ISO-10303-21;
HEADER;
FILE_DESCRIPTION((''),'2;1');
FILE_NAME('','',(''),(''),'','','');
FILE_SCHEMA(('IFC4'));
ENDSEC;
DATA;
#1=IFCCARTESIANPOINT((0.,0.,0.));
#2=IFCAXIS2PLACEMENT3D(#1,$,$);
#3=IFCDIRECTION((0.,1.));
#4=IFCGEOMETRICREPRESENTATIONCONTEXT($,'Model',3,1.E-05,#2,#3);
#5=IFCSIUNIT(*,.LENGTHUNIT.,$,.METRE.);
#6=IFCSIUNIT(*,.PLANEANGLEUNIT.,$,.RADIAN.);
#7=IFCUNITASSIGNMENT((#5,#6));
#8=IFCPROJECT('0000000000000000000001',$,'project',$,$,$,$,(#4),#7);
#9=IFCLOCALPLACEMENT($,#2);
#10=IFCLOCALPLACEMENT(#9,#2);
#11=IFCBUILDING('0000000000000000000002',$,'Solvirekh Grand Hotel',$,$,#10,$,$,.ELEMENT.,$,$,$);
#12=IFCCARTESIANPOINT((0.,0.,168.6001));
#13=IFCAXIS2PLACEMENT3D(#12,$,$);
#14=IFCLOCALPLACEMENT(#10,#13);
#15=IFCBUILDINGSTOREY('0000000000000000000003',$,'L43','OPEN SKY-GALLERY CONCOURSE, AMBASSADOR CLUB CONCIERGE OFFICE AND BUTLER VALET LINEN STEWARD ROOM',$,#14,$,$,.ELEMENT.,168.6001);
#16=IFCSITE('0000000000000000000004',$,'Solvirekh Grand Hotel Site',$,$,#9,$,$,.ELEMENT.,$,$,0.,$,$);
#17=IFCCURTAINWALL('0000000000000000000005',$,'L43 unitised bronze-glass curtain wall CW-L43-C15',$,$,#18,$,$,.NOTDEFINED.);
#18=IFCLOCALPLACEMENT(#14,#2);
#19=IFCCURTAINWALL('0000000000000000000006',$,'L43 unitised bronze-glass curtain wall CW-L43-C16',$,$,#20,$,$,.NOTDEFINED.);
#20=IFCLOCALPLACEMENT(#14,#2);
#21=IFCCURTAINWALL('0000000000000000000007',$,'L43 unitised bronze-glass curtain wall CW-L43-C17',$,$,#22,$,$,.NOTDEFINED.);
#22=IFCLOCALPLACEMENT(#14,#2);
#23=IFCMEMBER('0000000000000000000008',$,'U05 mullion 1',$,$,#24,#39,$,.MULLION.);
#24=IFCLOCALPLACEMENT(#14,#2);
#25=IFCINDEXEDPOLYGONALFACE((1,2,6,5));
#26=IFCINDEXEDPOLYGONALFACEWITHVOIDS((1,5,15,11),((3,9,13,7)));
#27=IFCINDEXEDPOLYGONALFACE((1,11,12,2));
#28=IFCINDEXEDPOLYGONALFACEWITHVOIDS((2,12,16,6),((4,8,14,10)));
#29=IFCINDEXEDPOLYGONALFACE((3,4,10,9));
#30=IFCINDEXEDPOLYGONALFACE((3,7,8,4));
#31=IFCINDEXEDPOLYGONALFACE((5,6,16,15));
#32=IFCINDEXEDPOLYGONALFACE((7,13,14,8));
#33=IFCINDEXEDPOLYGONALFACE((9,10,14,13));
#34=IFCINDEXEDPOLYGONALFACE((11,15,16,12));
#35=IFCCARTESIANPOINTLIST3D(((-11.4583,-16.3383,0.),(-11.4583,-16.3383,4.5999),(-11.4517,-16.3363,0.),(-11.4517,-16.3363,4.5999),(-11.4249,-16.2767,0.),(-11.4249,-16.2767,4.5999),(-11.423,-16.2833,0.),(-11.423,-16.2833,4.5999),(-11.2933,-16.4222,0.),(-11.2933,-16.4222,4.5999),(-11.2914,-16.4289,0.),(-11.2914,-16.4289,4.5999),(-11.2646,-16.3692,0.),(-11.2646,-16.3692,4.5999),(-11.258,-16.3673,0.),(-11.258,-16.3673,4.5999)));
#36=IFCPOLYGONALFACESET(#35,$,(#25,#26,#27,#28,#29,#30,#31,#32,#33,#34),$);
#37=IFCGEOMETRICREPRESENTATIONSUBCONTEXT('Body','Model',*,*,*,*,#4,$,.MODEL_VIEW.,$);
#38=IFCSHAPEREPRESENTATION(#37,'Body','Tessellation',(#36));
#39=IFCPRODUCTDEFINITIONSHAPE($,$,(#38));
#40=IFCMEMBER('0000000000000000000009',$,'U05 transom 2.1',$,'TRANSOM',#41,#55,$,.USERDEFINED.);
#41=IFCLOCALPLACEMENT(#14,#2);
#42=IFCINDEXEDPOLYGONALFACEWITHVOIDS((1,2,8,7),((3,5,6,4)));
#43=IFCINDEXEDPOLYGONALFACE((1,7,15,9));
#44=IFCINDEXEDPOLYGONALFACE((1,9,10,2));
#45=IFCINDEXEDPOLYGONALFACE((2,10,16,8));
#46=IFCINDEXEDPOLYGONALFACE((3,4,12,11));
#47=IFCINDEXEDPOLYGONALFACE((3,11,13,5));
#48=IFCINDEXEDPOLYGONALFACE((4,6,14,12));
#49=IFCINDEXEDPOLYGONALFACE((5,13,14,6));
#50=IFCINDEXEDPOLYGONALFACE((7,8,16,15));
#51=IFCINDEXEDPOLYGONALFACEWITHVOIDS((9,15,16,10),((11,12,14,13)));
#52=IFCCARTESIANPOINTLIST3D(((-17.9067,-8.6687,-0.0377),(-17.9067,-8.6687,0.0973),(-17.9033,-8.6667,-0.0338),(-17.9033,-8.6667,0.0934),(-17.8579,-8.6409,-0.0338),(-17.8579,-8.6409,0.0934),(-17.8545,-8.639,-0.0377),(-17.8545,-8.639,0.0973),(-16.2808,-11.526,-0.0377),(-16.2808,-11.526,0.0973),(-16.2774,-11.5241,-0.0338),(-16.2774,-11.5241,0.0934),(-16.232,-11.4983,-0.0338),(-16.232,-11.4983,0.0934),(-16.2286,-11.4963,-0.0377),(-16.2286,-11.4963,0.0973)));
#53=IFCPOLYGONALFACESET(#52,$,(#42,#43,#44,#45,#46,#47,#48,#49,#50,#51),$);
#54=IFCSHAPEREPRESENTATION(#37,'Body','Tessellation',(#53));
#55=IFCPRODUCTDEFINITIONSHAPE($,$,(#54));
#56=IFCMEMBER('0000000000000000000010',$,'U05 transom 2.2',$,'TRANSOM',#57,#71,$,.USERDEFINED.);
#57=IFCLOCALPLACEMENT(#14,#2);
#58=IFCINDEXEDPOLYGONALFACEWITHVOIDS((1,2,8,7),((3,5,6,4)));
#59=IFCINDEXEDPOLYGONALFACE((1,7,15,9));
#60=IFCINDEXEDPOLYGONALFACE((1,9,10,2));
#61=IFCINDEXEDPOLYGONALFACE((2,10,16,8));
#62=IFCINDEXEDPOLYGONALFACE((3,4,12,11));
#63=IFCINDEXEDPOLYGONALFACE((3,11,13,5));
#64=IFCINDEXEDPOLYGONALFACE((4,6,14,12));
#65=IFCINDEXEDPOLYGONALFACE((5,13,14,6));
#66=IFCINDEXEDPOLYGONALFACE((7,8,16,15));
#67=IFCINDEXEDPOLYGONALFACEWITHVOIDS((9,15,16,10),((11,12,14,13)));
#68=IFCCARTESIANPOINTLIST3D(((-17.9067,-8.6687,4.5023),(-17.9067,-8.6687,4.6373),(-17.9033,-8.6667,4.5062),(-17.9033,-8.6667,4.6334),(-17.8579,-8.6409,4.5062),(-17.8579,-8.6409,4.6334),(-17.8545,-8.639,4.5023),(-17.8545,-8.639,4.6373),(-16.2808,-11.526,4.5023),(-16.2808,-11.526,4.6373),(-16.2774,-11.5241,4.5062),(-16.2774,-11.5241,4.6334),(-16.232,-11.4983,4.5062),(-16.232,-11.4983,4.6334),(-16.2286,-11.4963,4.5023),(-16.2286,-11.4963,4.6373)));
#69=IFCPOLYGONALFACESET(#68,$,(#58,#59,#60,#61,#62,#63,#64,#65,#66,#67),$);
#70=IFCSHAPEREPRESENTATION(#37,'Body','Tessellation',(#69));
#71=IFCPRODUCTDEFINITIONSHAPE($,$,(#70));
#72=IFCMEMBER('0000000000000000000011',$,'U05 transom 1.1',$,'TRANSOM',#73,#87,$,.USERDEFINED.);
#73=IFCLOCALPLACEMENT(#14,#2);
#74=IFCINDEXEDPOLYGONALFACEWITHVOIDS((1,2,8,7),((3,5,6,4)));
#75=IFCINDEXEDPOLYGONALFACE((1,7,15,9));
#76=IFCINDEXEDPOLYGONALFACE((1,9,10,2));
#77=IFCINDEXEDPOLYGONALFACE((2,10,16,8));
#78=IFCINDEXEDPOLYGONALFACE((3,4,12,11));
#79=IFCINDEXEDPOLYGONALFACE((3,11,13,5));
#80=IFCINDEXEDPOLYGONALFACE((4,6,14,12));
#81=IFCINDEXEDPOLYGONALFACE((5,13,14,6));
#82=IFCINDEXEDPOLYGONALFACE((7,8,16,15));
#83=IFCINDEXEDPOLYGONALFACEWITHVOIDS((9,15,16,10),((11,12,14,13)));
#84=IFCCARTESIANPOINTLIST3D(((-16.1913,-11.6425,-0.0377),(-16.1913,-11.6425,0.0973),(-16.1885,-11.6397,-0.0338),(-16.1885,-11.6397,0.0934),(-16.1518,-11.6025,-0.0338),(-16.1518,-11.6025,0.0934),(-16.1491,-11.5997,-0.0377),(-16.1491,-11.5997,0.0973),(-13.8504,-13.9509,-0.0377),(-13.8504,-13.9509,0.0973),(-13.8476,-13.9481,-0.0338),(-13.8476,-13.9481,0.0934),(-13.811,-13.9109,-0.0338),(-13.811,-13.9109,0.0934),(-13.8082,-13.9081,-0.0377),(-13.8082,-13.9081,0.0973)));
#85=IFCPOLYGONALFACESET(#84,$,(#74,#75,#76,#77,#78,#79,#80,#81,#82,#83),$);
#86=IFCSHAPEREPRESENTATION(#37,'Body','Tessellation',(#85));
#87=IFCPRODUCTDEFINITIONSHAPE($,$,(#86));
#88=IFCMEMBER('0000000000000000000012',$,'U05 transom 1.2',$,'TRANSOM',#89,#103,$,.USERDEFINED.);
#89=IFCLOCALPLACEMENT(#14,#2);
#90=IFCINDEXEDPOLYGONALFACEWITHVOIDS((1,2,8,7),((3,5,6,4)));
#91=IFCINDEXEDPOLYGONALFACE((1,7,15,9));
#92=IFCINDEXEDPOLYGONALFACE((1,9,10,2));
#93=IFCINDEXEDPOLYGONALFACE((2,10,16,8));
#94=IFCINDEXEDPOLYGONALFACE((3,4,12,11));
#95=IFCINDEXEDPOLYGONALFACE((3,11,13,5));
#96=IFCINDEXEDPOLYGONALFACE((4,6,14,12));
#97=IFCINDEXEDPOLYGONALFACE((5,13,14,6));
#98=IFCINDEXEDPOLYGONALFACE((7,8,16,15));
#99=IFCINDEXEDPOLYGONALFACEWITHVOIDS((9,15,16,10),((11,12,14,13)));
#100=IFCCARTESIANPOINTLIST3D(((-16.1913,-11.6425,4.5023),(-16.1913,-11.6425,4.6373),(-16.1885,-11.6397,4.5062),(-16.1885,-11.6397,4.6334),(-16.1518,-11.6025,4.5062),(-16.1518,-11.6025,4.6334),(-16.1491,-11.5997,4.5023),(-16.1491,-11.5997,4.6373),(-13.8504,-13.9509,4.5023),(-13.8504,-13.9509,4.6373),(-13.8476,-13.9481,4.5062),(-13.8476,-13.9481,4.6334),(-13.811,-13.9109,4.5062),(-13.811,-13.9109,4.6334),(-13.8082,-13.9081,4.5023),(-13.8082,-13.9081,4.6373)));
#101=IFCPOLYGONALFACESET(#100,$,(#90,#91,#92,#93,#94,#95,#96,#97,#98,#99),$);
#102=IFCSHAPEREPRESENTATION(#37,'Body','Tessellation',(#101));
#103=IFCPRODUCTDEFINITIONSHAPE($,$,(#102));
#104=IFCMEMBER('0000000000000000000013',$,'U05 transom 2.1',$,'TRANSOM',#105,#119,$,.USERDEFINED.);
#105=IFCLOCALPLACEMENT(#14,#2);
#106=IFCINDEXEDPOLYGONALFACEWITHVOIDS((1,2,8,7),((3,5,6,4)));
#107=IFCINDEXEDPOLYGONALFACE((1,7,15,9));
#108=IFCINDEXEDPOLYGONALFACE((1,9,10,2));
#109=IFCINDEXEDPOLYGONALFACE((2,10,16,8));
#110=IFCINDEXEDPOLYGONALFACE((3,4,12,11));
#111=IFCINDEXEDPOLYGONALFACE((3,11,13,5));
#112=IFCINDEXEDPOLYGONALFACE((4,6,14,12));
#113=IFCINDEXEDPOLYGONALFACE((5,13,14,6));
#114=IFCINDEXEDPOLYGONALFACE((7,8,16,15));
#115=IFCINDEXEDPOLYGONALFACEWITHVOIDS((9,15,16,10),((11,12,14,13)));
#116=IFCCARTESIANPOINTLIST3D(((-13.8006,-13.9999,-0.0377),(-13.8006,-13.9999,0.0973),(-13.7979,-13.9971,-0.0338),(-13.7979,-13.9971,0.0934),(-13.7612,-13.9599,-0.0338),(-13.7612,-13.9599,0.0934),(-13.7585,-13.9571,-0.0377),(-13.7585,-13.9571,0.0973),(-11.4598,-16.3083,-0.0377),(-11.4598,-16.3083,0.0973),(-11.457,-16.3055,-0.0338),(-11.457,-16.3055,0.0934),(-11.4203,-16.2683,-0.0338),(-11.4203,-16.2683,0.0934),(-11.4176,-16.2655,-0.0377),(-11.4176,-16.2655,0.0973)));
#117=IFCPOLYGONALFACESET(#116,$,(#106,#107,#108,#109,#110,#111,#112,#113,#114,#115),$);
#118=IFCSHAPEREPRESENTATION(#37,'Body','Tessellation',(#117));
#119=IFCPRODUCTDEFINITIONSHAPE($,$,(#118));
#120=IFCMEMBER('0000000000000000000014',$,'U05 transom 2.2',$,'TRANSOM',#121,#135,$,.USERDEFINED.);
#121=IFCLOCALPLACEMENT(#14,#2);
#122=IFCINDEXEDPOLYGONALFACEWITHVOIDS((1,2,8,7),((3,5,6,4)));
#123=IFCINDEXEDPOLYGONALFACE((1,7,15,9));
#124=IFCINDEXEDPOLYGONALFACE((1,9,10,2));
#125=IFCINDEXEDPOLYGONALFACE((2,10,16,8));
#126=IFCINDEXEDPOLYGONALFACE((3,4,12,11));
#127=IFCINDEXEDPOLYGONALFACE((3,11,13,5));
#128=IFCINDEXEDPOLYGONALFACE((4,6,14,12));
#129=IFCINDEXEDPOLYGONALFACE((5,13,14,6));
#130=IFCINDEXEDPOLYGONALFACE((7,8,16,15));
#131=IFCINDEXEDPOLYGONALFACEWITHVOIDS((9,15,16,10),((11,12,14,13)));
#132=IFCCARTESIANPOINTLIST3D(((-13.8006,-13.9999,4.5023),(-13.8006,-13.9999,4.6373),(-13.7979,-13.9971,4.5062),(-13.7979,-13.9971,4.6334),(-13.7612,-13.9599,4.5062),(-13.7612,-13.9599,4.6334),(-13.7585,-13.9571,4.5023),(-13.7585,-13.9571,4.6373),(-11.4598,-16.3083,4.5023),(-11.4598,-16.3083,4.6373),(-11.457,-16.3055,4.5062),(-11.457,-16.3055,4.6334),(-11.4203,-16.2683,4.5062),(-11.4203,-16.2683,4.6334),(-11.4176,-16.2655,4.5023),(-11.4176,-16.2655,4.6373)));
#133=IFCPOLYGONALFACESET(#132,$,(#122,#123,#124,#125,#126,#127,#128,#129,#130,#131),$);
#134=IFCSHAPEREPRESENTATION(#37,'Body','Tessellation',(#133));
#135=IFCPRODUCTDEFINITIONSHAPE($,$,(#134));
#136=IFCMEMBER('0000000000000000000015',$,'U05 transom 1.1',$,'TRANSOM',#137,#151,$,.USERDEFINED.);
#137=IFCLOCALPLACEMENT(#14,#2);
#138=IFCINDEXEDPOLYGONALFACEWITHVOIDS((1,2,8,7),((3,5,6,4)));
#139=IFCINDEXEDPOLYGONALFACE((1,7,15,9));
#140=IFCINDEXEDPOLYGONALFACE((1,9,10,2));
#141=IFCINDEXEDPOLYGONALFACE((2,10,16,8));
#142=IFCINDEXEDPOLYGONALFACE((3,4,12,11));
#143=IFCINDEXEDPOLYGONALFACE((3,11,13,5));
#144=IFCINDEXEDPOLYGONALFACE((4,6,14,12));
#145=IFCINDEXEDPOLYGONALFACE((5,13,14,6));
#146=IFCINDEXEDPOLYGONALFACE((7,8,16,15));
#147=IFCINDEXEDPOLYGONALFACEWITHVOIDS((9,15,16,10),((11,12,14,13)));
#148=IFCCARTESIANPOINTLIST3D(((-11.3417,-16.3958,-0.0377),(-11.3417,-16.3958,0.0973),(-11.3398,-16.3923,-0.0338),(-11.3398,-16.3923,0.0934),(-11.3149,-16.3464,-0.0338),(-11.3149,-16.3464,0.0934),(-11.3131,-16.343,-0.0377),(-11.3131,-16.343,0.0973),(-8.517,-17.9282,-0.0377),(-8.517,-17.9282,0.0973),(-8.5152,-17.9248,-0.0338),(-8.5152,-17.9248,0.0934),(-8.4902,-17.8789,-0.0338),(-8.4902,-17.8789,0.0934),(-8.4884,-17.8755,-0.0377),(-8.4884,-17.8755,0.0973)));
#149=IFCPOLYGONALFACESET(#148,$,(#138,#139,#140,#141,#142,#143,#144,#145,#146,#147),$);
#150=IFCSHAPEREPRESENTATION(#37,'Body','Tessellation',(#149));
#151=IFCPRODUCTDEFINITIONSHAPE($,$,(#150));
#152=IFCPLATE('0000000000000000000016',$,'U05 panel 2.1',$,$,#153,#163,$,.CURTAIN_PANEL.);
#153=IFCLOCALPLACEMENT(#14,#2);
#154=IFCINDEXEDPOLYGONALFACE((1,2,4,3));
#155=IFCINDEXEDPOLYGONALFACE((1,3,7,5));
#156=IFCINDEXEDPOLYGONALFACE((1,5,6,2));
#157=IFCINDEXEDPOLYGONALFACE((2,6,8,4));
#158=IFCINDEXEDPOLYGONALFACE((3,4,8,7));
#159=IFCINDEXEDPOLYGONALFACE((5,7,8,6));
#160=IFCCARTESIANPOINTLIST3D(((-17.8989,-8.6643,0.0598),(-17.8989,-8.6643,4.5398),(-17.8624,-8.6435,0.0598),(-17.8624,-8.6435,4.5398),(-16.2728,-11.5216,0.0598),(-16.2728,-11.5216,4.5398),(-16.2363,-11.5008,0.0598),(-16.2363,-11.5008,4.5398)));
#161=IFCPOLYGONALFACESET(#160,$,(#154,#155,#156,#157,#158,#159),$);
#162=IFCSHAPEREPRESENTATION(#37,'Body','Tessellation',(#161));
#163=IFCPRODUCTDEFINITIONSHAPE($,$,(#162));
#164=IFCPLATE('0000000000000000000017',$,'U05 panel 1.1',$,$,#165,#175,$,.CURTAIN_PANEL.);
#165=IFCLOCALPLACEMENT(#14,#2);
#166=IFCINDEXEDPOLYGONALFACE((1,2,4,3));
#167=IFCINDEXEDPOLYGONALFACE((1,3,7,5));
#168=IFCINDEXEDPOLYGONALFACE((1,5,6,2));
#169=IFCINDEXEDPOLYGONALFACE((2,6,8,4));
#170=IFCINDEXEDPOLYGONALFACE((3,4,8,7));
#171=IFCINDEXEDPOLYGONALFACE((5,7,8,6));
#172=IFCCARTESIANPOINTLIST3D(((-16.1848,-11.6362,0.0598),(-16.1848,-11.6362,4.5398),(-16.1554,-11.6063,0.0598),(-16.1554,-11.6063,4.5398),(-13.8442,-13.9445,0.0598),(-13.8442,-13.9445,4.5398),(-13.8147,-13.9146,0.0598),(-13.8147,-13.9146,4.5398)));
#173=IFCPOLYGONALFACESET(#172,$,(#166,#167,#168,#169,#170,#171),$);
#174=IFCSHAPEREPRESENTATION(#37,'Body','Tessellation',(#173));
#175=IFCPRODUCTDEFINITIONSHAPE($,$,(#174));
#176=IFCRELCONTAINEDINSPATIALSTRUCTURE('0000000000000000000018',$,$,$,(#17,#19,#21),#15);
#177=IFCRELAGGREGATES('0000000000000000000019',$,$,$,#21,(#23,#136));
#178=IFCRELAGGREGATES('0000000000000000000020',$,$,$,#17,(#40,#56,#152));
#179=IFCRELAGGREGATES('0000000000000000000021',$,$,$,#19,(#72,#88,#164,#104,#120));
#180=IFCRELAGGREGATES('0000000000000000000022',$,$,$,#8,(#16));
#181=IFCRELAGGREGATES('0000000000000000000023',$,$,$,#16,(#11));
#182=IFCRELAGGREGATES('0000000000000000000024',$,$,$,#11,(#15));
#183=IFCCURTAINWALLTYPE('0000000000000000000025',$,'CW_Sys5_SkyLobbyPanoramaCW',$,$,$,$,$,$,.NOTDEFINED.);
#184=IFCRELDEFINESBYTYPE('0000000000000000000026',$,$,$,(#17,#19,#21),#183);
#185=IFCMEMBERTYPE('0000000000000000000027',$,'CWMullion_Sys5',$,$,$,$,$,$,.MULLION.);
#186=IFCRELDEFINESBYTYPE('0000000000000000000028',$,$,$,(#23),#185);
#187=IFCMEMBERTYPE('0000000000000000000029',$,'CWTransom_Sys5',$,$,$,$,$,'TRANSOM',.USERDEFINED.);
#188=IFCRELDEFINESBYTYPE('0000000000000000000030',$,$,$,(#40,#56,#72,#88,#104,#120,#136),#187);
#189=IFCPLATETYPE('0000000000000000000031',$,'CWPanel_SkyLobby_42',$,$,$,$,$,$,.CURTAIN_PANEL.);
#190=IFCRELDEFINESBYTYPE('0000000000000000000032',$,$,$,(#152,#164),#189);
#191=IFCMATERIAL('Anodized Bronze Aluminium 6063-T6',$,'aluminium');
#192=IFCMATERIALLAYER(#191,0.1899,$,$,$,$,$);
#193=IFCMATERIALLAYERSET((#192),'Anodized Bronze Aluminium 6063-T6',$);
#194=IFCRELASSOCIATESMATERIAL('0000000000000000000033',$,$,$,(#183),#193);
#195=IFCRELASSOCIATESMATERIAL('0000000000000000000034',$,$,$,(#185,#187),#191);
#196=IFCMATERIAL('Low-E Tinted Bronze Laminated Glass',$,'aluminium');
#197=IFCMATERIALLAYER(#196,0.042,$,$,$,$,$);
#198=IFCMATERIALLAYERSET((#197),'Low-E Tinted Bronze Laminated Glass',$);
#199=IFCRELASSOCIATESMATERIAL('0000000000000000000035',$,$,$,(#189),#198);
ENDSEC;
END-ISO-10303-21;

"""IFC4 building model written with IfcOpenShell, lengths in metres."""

from ifc_helpers import new_model, si_unit, direction, frame, origin, origin_2d, place, context, subcontext, project, spatial, rectangle, hollow_rectangle, extrude, source, transform, mapped, material, layer, layer_set, material_profile, profile_set, type_object, element, aggregate, save


model = new_model("IFC4")

# Units and contexts
model_context = context("Model", 3, precision=1e-05, world=origin(), true_north=direction((0.0, 1.0)))
body_context = subcontext(model_context, "Body", "Model", "MODEL_VIEW")
ifc_project = project(units=[si_unit("LENGTHUNIT", "METRE"), si_unit("PLANEANGLEUNIT", "RADIAN")], contexts=[model_context])

# Site, building, storey
site_placement = place(None, origin())
site = spatial("IfcSite", under=ifc_project, at=site_placement, Name="Solvirekh Grand Hotel Site", CompositionType="ELEMENT", RefElevation=0.0)
building_placement = place(site_placement, origin())
building = spatial("IfcBuilding", under=site, at=building_placement, Name="Solvirekh Grand Hotel", CompositionType="ELEMENT")
storey_placement = place(building_placement, frame((0.0, 0.0, 168.6001)))
storey = spatial("IfcBuildingStorey", under=building, at=storey_placement, Name="L43", Description="OPEN SKY-GALLERY CONCOURSE, AMBASSADOR CLUB CONCIERGE OFFICE AND BUTLER VALET LINEN STEWARD ROOM", CompositionType="ELEMENT", Elevation=168.6001)

# Curtain walls
ifc_material_1 = material(Name="Anodized Bronze Aluminium 6063-T6", Category="aluminium")
ifc_layer_1 = layer(ifc_material_1, 0.1899)
ifc_layer_set_1 = layer_set([ifc_layer_1], Name="Anodized Bronze Aluminium 6063-T6")
curtain_wall_type = type_object("IfcCurtainWallType", Name="CW_Sys5_SkyLobbyPanoramaCW", PredefinedType="NOTDEFINED", material=ifc_layer_set_1)
curtain_wall_1_placement = place(storey_placement, origin())
curtain_wall_1 = element("IfcCurtainWall", 1, at=curtain_wall_1_placement, inside=storey, type_object=curtain_wall_type, Name="L43 unitised bronze-glass curtain wall CW-L43-C15", PredefinedType="NOTDEFINED")
ifc_material_profile_1 = material_profile(ifc_material_1, hollow_rectangle(XDim=0.0701, YDim=0.1899, WallThickness=0.0049, at=origin_2d()), Name="ALU RHS 190X70X5")
ifc_profile_set_1 = profile_set([ifc_material_profile_1], Name="Anodized Bronze Aluminium 6063-T6")
member_type_1 = type_object("IfcMemberType", Name="CWMullion_Sys5", PredefinedType="MULLION", material=ifc_profile_set_1)
shared_shape_1 = source(origin(), body_context, "Body", "SweptSolid", [
    extrude(hollow_rectangle(XDim=0.0701, YDim=0.1899, WallThickness=0.0049, at=origin_2d()), origin(), (0.0, 0.0, 1.0), 4.5999),
])
curtain_wall_2_placement = place(storey_placement, origin())
curtain_wall_2 = element("IfcCurtainWall", 2, at=curtain_wall_2_placement, inside=storey, type_object=curtain_wall_type, Name="L43 unitised bronze-glass curtain wall CW-L43-C16", PredefinedType="NOTDEFINED")

# Curtain wall, member
curtain_wall_3_placement = place(storey_placement, origin())
curtain_wall_3 = element("IfcCurtainWall", 3, at=curtain_wall_3_placement, inside=storey, type_object=curtain_wall_type, Name="L43 unitised bronze-glass curtain wall CW-L43-C17", PredefinedType="NOTDEFINED")
member_1_placement = place(storey_placement, frame((-11.3582, -16.3528, 0.0), z_axis=(0.0, 0.0, 1.0), x_axis=(0.476856, 0.878982, 0.0)))
member_1 = element("IfcMember", 4, at=member_1_placement, type_object=member_type_1, Name="U05 mullion 1", PredefinedType="MULLION", context=body_context, shape_type="MappedRepresentation", body=[
    mapped(shared_shape_1, transform((0.0, 0.0, 0.0), x_axis=(1.0, 0.0, 0.0), y_axis=(0.0, 1.0, 0.0), z_axis=(0.0, 0.0, 1.0), scale=1.0)),
])

# Members
ifc_material_profile_2 = material_profile(ifc_material_1, hollow_rectangle(XDim=0.0601, YDim=0.135, WallThickness=0.0039, at=origin_2d()), Name="ALU RHS 135X60X4")
ifc_profile_set_2 = profile_set([ifc_material_profile_2], Name="Anodized Bronze Aluminium 6063-T6")
member_type_2 = type_object("IfcMemberType", Name="CWTransom_Sys5", ElementType="TRANSOM", PredefinedType="USERDEFINED", material=ifc_profile_set_2)
shared_shape_2 = source(origin(), body_context, "Body", "SweptSolid", [
    extrude(hollow_rectangle(XDim=0.0601, YDim=0.135, WallThickness=0.0039, at=origin_2d()), origin(), (0.0, 0.0, 1.0), 3.2876),
])
member_2_placement = place(storey_placement, frame((-17.8806, -8.6538, 0.0298), z_axis=(0.494571, -0.869137, 0.0), x_axis=(0.869137, 0.494571, 0.0)))
member_2 = element("IfcMember", 5, at=member_2_placement, type_object=member_type_2, Name="U05 transom 2.1", ObjectType="TRANSOM", PredefinedType="USERDEFINED", context=body_context, shape_type="MappedRepresentation", body=[
    mapped(shared_shape_2, transform((0.0, 0.0, 0.0), x_axis=(1.0, 0.0, 0.0), y_axis=(0.0, 1.0, 0.0), z_axis=(0.0, 0.0, 1.0), scale=1.0)),
])
member_3_placement = place(storey_placement, frame((-17.8806, -8.6538, 4.5698), z_axis=(0.494571, -0.869137, 0.0), x_axis=(0.869137, 0.494571, 0.0)))
member_3 = element("IfcMember", 6, at=member_3_placement, type_object=member_type_2, Name="U05 transom 2.2", ObjectType="TRANSOM", PredefinedType="USERDEFINED", context=body_context, shape_type="MappedRepresentation", body=[
    mapped(shared_shape_2, transform((0.0, 0.0, 0.0), x_axis=(1.0, 0.0, 0.0), y_axis=(0.0, 1.0, 0.0), z_axis=(0.0, 0.0, 1.0), scale=1.0)),
])
member_4_placement = place(storey_placement, frame((-16.1702, -11.6211, 0.0298), z_axis=(0.712028, -0.702151, 0.0), x_axis=(0.702151, 0.712028, 0.0)))
member_4 = element("IfcMember", 7, at=member_4_placement, type_object=member_type_2, Name="U05 transom 1.1", ObjectType="TRANSOM", PredefinedType="USERDEFINED", context=body_context, shape_type="MappedRepresentation", body=[
    mapped(shared_shape_2, transform((0.0, 0.0, 0.0), x_axis=(1.0, 0.0, 0.0), y_axis=(0.0, 1.0, 0.0), z_axis=(0.0, 0.0, 1.0), scale=1.0)),
])
member_5_placement = place(storey_placement, frame((-16.1702, -11.6211, 4.5698), z_axis=(0.712028, -0.702151, 0.0), x_axis=(0.702151, 0.712028, 0.0)))
member_5 = element("IfcMember", 8, at=member_5_placement, type_object=member_type_2, Name="U05 transom 1.2", ObjectType="TRANSOM", PredefinedType="USERDEFINED", context=body_context, shape_type="MappedRepresentation", body=[
    mapped(shared_shape_2, transform((0.0, 0.0, 0.0), x_axis=(1.0, 0.0, 0.0), y_axis=(0.0, 1.0, 0.0), z_axis=(0.0, 0.0, 1.0), scale=1.0)),
])
member_6_placement = place(storey_placement, frame((-13.7795, -13.9785, 0.0298), z_axis=(0.712028, -0.702151, 0.0), x_axis=(0.702151, 0.712028, 0.0)))
member_6 = element("IfcMember", 9, at=member_6_placement, type_object=member_type_2, Name="U05 transom 2.1", ObjectType="TRANSOM", PredefinedType="USERDEFINED", context=body_context, shape_type="MappedRepresentation", body=[
    mapped(shared_shape_2, transform((0.0, 0.0, 0.0), x_axis=(1.0, 0.0, 0.0), y_axis=(0.0, 1.0, 0.0), z_axis=(0.0, 0.0, 1.0), scale=1.0)),
])
member_7_placement = place(storey_placement, frame((-13.7795, -13.9785, 4.5698), z_axis=(0.712028, -0.702151, 0.0), x_axis=(0.702151, 0.712028, 0.0)))
member_7 = element("IfcMember", 10, at=member_7_placement, type_object=member_type_2, Name="U05 transom 2.2", ObjectType="TRANSOM", PredefinedType="USERDEFINED", context=body_context, shape_type="MappedRepresentation", body=[
    mapped(shared_shape_2, transform((0.0, 0.0, 0.0), x_axis=(1.0, 0.0, 0.0), y_axis=(0.0, 1.0, 0.0), z_axis=(0.0, 0.0, 1.0), scale=1.0)),
])
shared_shape_3 = source(origin(), body_context, "Body", "SweptSolid", [
    extrude(hollow_rectangle(XDim=0.0601, YDim=0.135, WallThickness=0.0039, at=origin_2d()), origin(), (0.0, 0.0, 1.0), 3.2136),
])
member_8_placement = place(storey_placement, frame((-11.3274, -16.3694, 0.0298), z_axis=(0.878976, -0.476866, 0.0), x_axis=(0.476866, 0.878976, 0.0)))
member_8 = element("IfcMember", 11, at=member_8_placement, type_object=member_type_2, Name="U05 transom 1.1", ObjectType="TRANSOM", PredefinedType="USERDEFINED", context=body_context, shape_type="MappedRepresentation", body=[
    mapped(shared_shape_3, transform((0.0, 0.0, 0.0), x_axis=(1.0, 0.0, 0.0), y_axis=(0.0, 1.0, 0.0), z_axis=(0.0, 0.0, 1.0), scale=1.0)),
])
aggregate(curtain_wall_3, [member_1, member_8])

# Plates
ifc_material_2 = material(Name="Low-E Tinted Bronze Laminated Glass", Category="aluminium")
ifc_layer_2 = layer(ifc_material_2, 0.042)
ifc_layer_set_2 = layer_set([ifc_layer_2], Name="Low-E Tinted Bronze Laminated Glass")
plate_type = type_object("IfcPlateType", Name="CWPanel_SkyLobby_42", PredefinedType="CURTAIN_PANEL", material=ifc_layer_set_2)
shared_shape_4 = source(origin(), body_context, "Body", "SweptSolid", [
    extrude(rectangle(XDim=3.2876, YDim=0.042, at=origin_2d()), origin(), (0.0, 0.0, 1.0), 4.48),
])
plate_1_placement = place(storey_placement, frame((-17.0676, -10.0825, 0.0598), z_axis=(0.0, 0.0, 1.0), x_axis=(0.494614, -0.869112, 0.0)))
plate_1 = element("IfcPlate", 12, at=plate_1_placement, type_object=plate_type, Name="U05 panel 2.1", PredefinedType="CURTAIN_PANEL", context=body_context, shape_type="MappedRepresentation", body=[
    mapped(shared_shape_4, transform((0.0, 0.0, 0.0), x_axis=(1.0, 0.0, 0.0), y_axis=(0.0, 1.0, 0.0), z_axis=(0.0, 0.0, 1.0), scale=1.0)),
])
aggregate(curtain_wall_1, [member_2, member_3, plate_1])
shared_shape_5 = source(origin(), body_context, "Body", "SweptSolid", [
    extrude(rectangle(XDim=3.2874, YDim=0.042, at=origin_2d()), origin(), (0.0, 0.0, 1.0), 4.48),
])
plate_2_placement = place(storey_placement, frame((-14.9998, -12.7754, 0.0598), z_axis=(0.0, 0.0, 1.0), x_axis=(0.712027, -0.702152, 0.0)))
plate_2 = element("IfcPlate", 13, at=plate_2_placement, type_object=plate_type, Name="U05 panel 1.1", PredefinedType="CURTAIN_PANEL", context=body_context, shape_type="MappedRepresentation", body=[
    mapped(shared_shape_5, transform((0.0, 0.0, 0.0), x_axis=(1.0, 0.0, 0.0), y_axis=(0.0, 1.0, 0.0), z_axis=(0.0, 0.0, 1.0), scale=1.0)),
])
aggregate(curtain_wall_2, [member_4, member_5, plate_2, member_6, member_7])

save(model, "model.ifc")
